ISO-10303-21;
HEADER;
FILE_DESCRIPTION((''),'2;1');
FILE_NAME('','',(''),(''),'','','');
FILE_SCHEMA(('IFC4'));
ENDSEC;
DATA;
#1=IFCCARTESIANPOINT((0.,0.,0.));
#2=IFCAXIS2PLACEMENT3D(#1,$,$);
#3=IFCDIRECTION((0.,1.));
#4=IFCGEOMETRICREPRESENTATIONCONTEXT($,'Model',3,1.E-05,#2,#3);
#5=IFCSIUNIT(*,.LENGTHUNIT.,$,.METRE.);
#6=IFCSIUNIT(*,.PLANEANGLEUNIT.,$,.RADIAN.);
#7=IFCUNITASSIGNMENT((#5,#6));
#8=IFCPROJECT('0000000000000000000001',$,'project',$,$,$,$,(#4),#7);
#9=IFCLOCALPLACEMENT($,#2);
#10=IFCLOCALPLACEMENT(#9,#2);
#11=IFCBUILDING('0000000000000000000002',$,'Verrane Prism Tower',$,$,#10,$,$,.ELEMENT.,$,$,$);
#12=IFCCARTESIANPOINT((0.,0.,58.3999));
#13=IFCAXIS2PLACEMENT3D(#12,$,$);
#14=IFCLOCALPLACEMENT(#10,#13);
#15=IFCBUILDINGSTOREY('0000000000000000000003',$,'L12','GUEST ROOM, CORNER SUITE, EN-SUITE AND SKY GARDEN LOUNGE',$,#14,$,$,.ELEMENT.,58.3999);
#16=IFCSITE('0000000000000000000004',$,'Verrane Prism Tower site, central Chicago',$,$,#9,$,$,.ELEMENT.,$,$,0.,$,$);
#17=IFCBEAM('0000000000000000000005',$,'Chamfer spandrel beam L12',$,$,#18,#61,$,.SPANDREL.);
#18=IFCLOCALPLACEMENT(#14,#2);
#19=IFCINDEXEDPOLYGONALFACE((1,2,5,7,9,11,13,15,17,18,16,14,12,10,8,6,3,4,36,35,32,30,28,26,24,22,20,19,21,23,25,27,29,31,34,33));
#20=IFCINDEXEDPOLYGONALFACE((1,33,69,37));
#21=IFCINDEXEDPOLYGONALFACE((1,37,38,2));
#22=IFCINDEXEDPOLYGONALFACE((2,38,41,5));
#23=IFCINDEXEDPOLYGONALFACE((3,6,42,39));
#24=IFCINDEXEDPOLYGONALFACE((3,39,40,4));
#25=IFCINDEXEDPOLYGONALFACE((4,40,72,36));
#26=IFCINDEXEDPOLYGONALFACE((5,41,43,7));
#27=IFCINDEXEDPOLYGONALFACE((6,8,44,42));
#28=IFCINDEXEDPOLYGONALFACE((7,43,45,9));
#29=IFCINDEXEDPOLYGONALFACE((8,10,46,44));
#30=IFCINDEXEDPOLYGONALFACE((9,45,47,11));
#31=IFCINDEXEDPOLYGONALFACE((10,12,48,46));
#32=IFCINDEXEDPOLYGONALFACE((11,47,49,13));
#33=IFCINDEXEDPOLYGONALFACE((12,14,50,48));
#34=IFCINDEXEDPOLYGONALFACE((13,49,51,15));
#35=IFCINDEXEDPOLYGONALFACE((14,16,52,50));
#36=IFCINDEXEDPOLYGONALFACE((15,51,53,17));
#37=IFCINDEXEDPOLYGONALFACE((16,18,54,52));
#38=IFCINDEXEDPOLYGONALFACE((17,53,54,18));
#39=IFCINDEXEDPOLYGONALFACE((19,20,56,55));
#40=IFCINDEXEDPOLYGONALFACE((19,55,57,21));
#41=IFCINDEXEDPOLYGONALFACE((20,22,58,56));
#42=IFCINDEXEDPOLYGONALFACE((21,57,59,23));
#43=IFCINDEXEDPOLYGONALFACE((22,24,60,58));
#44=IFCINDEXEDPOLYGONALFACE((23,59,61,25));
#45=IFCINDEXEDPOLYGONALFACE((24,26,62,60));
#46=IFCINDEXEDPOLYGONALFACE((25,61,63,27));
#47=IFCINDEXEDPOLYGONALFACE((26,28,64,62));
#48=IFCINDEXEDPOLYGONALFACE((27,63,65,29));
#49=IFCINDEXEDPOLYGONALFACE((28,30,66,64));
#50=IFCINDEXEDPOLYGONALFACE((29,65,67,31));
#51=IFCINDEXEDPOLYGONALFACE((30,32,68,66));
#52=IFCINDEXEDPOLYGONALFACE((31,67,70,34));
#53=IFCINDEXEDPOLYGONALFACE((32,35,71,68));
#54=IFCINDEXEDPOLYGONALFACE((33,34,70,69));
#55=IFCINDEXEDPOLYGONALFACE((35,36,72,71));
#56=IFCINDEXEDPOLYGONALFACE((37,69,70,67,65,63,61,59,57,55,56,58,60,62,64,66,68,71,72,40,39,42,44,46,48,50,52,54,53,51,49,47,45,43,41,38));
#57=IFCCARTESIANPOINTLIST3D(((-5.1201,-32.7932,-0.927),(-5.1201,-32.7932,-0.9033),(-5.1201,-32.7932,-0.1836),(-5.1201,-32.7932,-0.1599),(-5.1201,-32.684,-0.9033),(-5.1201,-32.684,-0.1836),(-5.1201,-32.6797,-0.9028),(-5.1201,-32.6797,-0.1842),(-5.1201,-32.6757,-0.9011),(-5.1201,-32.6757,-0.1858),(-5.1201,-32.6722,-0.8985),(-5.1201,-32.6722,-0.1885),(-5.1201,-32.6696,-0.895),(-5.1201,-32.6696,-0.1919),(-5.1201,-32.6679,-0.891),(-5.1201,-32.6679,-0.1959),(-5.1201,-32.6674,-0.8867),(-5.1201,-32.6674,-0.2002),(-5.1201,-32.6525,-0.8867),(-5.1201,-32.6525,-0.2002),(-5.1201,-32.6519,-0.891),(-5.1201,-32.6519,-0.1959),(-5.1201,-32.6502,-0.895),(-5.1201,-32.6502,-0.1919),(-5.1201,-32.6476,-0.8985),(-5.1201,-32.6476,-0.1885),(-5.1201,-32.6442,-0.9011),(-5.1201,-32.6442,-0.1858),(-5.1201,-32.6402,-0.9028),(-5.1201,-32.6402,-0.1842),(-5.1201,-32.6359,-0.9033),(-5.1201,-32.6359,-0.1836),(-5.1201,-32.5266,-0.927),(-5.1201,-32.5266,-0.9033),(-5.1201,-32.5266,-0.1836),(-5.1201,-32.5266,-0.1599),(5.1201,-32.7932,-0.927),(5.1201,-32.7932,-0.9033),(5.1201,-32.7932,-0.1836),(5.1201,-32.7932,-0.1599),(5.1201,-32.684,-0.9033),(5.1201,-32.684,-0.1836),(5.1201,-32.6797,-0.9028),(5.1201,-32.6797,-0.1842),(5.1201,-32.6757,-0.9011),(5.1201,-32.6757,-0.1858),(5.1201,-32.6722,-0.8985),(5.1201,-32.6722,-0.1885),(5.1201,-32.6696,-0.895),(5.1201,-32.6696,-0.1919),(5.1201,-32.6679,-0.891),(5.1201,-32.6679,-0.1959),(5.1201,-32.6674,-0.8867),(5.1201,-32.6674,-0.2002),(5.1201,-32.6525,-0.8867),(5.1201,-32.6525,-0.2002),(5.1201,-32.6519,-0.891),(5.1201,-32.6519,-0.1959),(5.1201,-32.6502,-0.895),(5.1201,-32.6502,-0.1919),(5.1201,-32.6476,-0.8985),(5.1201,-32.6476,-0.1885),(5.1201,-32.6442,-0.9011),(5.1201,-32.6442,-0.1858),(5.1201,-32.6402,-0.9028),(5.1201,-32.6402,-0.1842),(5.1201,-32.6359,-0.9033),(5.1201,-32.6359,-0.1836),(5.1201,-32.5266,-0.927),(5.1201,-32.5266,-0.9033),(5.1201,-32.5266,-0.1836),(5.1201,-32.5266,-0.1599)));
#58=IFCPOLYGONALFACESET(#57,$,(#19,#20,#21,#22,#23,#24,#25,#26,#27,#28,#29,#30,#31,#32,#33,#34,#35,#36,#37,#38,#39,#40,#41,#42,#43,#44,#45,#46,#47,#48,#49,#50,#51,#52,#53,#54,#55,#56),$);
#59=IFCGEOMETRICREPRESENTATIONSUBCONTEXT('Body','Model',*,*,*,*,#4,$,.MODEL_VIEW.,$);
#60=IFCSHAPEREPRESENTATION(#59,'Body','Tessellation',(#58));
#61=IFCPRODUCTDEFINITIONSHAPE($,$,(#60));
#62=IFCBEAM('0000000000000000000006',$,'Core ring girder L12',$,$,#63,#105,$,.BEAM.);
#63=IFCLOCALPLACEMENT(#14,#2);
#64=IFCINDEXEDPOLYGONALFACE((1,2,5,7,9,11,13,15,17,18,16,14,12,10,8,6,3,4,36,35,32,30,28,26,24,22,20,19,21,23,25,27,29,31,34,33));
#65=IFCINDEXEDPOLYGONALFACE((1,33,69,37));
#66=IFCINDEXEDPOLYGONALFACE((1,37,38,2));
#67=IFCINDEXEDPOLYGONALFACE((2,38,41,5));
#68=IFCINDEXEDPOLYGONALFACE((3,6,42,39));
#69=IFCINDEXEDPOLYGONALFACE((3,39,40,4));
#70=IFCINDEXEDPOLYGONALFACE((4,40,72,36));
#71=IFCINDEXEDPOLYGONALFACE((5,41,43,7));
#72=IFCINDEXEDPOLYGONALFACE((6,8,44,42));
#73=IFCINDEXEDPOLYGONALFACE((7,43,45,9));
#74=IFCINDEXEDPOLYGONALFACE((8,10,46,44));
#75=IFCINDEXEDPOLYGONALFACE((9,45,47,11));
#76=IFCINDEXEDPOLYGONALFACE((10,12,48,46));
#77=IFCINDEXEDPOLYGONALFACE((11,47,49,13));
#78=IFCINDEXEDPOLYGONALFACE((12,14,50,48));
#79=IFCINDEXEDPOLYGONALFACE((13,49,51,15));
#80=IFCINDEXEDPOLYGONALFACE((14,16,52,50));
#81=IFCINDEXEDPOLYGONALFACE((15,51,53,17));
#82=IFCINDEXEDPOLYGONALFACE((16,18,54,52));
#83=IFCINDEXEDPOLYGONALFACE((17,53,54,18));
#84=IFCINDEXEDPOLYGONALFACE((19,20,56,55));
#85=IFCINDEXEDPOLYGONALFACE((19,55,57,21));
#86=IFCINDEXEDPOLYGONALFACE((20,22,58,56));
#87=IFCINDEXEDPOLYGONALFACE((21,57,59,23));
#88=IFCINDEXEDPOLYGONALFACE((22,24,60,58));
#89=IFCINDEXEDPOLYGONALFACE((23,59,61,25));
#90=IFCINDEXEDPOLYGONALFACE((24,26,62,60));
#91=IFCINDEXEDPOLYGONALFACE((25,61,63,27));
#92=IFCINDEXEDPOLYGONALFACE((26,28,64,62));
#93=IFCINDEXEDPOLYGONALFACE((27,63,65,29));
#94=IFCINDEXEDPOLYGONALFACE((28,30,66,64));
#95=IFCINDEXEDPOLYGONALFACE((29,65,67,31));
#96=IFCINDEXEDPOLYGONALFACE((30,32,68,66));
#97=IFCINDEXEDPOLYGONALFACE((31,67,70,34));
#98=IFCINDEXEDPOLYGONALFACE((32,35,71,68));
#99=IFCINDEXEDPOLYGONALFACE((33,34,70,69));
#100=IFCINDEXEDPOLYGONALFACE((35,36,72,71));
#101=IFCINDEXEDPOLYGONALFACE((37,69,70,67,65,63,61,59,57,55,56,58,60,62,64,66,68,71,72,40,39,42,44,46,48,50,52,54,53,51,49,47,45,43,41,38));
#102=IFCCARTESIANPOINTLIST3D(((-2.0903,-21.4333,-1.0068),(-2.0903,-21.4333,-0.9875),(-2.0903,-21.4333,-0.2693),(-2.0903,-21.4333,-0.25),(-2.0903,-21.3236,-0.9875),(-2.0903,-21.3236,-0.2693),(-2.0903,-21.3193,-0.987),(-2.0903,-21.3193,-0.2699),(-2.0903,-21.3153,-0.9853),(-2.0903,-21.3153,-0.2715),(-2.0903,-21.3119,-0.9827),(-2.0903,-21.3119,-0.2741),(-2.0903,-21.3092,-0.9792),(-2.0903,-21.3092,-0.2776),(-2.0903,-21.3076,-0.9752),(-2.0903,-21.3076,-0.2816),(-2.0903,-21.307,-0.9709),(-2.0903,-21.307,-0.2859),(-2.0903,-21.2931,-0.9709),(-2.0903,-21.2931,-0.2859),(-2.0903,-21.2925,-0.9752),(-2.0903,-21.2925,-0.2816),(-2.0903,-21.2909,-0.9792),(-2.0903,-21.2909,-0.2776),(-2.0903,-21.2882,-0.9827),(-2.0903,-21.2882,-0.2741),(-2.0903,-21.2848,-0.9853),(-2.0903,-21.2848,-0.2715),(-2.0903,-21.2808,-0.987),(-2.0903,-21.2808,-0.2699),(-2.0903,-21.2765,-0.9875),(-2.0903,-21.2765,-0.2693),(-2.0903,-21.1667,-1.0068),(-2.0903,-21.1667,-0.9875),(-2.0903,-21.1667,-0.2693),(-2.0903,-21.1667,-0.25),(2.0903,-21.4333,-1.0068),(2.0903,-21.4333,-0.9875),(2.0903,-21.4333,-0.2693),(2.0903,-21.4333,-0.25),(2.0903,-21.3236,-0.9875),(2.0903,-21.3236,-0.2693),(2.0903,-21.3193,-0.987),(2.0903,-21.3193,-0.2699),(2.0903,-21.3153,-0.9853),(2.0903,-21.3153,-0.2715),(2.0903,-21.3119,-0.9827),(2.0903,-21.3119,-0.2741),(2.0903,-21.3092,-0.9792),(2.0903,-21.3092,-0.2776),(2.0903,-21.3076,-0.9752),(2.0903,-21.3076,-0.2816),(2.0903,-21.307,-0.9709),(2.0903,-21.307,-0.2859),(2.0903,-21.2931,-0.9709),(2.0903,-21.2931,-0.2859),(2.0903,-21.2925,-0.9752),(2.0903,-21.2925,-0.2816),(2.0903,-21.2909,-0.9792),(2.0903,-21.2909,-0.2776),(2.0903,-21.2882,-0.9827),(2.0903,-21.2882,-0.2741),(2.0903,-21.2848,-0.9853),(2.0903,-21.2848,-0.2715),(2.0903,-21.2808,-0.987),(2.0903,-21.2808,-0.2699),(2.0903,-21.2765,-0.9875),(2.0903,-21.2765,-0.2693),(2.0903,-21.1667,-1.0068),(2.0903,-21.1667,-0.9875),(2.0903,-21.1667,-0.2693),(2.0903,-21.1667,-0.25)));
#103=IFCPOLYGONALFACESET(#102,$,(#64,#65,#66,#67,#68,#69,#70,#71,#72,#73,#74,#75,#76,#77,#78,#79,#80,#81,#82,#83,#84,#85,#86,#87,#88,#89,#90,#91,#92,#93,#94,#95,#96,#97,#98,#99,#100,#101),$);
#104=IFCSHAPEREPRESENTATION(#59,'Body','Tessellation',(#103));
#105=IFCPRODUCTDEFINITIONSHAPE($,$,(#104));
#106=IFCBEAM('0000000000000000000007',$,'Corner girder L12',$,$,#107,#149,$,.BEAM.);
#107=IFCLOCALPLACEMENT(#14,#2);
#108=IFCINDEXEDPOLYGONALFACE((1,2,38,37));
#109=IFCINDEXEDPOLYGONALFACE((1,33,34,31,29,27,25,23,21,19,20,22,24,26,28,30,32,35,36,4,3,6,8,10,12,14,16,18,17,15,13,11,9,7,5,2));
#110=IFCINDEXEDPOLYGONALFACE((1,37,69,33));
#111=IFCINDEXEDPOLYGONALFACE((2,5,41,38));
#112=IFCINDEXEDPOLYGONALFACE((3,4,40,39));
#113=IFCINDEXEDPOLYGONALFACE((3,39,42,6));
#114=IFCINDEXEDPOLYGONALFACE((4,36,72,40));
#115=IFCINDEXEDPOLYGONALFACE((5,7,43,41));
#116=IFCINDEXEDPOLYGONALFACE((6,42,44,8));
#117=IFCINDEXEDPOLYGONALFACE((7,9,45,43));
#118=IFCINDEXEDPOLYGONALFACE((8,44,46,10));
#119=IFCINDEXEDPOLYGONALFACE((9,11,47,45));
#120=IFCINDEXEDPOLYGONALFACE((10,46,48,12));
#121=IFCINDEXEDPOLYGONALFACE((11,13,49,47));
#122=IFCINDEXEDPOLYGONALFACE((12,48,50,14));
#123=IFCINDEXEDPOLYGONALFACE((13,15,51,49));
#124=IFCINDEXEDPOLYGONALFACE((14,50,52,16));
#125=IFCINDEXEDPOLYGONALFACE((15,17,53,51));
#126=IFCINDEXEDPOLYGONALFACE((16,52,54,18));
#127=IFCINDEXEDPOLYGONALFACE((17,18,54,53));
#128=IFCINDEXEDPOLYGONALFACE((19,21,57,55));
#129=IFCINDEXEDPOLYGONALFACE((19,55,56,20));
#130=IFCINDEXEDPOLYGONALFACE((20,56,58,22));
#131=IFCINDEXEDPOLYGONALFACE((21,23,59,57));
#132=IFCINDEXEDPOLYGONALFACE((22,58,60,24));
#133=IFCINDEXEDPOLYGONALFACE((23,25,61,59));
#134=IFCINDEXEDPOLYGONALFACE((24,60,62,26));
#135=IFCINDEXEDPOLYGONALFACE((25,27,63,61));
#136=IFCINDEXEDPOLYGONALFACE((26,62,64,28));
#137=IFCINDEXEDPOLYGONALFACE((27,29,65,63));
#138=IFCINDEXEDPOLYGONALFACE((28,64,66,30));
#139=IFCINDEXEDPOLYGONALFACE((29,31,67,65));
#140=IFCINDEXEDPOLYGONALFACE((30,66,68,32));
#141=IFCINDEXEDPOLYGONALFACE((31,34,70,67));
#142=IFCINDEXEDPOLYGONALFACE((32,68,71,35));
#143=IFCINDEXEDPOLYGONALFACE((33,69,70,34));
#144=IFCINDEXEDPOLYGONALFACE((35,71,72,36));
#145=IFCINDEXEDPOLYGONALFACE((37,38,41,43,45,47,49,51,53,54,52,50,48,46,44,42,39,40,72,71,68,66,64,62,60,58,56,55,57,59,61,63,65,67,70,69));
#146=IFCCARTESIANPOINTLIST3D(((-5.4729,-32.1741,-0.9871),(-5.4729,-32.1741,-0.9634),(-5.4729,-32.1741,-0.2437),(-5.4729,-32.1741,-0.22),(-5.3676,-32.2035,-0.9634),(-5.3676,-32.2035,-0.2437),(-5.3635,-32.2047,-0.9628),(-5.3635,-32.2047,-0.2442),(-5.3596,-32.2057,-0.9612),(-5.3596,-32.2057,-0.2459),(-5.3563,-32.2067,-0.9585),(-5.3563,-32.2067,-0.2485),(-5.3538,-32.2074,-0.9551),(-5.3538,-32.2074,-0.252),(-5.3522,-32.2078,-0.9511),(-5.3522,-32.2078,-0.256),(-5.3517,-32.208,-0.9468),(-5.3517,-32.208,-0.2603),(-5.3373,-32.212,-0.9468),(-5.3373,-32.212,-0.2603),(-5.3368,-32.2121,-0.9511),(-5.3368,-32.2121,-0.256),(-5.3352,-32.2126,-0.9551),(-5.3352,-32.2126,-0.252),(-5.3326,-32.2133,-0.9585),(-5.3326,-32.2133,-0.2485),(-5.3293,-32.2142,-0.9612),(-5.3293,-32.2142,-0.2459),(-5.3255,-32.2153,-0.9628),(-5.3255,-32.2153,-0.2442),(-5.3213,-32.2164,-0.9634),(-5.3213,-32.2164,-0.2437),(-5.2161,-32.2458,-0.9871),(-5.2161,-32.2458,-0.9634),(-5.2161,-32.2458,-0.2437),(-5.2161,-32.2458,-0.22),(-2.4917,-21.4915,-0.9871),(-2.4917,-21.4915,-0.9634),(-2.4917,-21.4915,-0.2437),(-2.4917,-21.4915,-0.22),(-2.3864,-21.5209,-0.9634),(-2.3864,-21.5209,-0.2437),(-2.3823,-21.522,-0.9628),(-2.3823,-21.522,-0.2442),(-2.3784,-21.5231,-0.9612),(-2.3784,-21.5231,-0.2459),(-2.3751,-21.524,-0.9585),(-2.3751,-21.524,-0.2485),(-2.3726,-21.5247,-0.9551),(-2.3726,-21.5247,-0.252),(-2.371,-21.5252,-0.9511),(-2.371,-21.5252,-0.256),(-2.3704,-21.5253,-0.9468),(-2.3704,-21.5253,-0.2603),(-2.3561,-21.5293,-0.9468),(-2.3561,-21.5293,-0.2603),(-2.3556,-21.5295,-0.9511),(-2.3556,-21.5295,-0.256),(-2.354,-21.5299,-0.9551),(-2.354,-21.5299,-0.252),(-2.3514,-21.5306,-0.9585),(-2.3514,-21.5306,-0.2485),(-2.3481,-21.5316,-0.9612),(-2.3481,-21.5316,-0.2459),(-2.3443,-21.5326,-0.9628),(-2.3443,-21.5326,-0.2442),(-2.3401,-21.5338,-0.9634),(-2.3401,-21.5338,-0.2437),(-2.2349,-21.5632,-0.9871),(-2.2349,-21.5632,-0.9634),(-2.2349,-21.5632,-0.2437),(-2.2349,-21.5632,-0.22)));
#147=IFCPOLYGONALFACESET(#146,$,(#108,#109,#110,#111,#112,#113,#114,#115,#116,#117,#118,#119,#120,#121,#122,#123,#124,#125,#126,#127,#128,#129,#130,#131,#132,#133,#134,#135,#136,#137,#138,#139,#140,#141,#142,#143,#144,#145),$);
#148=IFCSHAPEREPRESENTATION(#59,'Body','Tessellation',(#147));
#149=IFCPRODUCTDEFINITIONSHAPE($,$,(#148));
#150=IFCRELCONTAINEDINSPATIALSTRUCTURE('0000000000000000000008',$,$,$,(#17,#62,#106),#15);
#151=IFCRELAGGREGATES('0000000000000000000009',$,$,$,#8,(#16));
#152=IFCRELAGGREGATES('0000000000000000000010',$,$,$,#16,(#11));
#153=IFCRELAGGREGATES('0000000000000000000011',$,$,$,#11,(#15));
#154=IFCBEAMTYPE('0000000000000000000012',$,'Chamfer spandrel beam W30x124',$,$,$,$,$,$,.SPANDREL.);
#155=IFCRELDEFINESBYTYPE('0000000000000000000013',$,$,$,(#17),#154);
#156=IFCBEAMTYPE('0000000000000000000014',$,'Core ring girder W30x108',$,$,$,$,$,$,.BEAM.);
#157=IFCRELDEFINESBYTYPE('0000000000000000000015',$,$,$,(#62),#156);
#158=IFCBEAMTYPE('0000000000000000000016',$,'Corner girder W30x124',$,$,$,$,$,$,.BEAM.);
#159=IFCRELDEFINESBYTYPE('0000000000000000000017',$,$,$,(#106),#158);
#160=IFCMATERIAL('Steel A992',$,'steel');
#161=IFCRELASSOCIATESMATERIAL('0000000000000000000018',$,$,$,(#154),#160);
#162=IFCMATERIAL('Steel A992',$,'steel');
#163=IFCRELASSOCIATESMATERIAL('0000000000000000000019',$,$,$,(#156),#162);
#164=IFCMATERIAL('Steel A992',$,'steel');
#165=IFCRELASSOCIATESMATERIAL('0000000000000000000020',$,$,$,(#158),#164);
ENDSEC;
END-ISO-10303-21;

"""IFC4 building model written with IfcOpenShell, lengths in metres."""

from ifc_helpers import new_model, si_unit, direction, frame, origin, origin_2d, place, context, subcontext, project, spatial, i_section, extrude, material, material_profile, profile_set, type_object, element, save


model = new_model("IFC4")

# Units and contexts
model_context = context("Model", 3, precision=1e-05, world=origin(), true_north=direction((0.0, 1.0)))
body_context = subcontext(model_context, "Body", "Model", "MODEL_VIEW")
ifc_project = project(units=[si_unit("LENGTHUNIT", "METRE"), si_unit("PLANEANGLEUNIT", "RADIAN")], contexts=[model_context])

# Site, building, storey
site_placement = place(None, origin())
site = spatial("IfcSite", under=ifc_project, at=site_placement, Name="Verrane Prism Tower site, central Chicago", CompositionType="ELEMENT", RefElevation=0.0)
building_placement = place(site_placement, origin())
building = spatial("IfcBuilding", under=site, at=building_placement, Name="Verrane Prism Tower", CompositionType="ELEMENT")
storey_placement = place(building_placement, frame((0.0, 0.0, 58.3999)))
storey = spatial("IfcBuildingStorey", under=building, at=storey_placement, Name="L12", Description="GUEST ROOM, CORNER SUITE, EN-SUITE AND SKY GARDEN LOUNGE", CompositionType="ELEMENT", Elevation=58.3999)

# Beams
ifc_material_1 = material(Name="Steel A992", Category="steel")
ifc_material_profile_1 = material_profile(ifc_material_1, i_section(OverallWidth=0.2666, OverallDepth=0.7671, WebThickness=0.0149, FlangeThickness=0.0237, FilletRadius=0.0166, at=origin_2d()), Name="W30x124")
ifc_profile_set_1 = profile_set([ifc_material_profile_1], Name="Steel A992")
beam_type_1 = type_object("IfcBeamType", Name="Chamfer spandrel beam W30x124", PredefinedType="SPANDREL", material=ifc_profile_set_1)
beam_1_placement = place(storey_placement, frame((-5.1201, -32.6599, -0.5435), z_axis=(1.0, 0.0, 0.0), x_axis=(0.0, 1.0, 0.0)))
element("IfcBeam", 1, at=beam_1_placement, inside=storey, type_object=beam_type_1, Name="Chamfer spandrel beam L12", PredefinedType="SPANDREL", context=body_context, shape_type="SweptSolid", body=[
    extrude(i_section(OverallWidth=0.2666, OverallDepth=0.7671, WebThickness=0.0149, FlangeThickness=0.0237, FilletRadius=0.0166, at=origin_2d()), origin(), (0.0, 0.0, 1.0), 10.2402),
])
ifc_material_2 = material(Name="Steel A992", Category="steel")
ifc_material_profile_2 = material_profile(ifc_material_2, i_section(OverallWidth=0.2666, OverallDepth=0.7568, WebThickness=0.0139, FlangeThickness=0.0193, FilletRadius=0.0166, at=origin_2d()), Name="W30x108")
ifc_profile_set_2 = profile_set([ifc_material_profile_2], Name="Steel A992")
beam_type_2 = type_object("IfcBeamType", Name="Core ring girder W30x108", PredefinedType="BEAM", material=ifc_profile_set_2)
beam_2_placement = place(storey_placement, frame((-2.0903, -21.3, -0.6284), z_axis=(1.0, 0.0, 0.0), x_axis=(0.0, 1.0, 0.0)))
element("IfcBeam", 2, at=beam_2_placement, inside=storey, type_object=beam_type_2, Name="Core ring girder L12", PredefinedType="BEAM", context=body_context, shape_type="SweptSolid", body=[
    extrude(i_section(OverallWidth=0.2666, OverallDepth=0.7568, WebThickness=0.0139, FlangeThickness=0.0193, FilletRadius=0.0166, at=origin_2d()), origin(), (0.0, 0.0, 1.0), 4.1807),
])
ifc_material_3 = material(Name="Steel A992", Category="steel")
ifc_material_profile_3 = material_profile(ifc_material_3, i_section(OverallWidth=0.2666, OverallDepth=0.7671, WebThickness=0.0149, FlangeThickness=0.0237, FilletRadius=0.0166, at=origin_2d()), Name="W30x124")
ifc_profile_set_3 = profile_set([ifc_material_profile_3], Name="Steel A992")
beam_type_3 = type_object("IfcBeamType", Name="Corner girder W30x124", PredefinedType="BEAM", material=ifc_profile_set_3)
beam_3_placement = place(storey_placement, frame((-5.3445, -32.21, -0.6035), z_axis=(0.268799, 0.963196, 0.0), x_axis=(-0.963196, 0.268799, 0.0)))
element("IfcBeam", 3, at=beam_3_placement, inside=storey, type_object=beam_type_3, Name="Corner girder L12", PredefinedType="BEAM", context=body_context, shape_type="SweptSolid", body=[
    extrude(i_section(OverallWidth=0.2666, OverallDepth=0.7671, WebThickness=0.0149, FlangeThickness=0.0237, FilletRadius=0.0166, at=origin_2d()), origin(), (0.0, 0.0, 1.0), 11.0908),
])

save(model, "model.ifc")
